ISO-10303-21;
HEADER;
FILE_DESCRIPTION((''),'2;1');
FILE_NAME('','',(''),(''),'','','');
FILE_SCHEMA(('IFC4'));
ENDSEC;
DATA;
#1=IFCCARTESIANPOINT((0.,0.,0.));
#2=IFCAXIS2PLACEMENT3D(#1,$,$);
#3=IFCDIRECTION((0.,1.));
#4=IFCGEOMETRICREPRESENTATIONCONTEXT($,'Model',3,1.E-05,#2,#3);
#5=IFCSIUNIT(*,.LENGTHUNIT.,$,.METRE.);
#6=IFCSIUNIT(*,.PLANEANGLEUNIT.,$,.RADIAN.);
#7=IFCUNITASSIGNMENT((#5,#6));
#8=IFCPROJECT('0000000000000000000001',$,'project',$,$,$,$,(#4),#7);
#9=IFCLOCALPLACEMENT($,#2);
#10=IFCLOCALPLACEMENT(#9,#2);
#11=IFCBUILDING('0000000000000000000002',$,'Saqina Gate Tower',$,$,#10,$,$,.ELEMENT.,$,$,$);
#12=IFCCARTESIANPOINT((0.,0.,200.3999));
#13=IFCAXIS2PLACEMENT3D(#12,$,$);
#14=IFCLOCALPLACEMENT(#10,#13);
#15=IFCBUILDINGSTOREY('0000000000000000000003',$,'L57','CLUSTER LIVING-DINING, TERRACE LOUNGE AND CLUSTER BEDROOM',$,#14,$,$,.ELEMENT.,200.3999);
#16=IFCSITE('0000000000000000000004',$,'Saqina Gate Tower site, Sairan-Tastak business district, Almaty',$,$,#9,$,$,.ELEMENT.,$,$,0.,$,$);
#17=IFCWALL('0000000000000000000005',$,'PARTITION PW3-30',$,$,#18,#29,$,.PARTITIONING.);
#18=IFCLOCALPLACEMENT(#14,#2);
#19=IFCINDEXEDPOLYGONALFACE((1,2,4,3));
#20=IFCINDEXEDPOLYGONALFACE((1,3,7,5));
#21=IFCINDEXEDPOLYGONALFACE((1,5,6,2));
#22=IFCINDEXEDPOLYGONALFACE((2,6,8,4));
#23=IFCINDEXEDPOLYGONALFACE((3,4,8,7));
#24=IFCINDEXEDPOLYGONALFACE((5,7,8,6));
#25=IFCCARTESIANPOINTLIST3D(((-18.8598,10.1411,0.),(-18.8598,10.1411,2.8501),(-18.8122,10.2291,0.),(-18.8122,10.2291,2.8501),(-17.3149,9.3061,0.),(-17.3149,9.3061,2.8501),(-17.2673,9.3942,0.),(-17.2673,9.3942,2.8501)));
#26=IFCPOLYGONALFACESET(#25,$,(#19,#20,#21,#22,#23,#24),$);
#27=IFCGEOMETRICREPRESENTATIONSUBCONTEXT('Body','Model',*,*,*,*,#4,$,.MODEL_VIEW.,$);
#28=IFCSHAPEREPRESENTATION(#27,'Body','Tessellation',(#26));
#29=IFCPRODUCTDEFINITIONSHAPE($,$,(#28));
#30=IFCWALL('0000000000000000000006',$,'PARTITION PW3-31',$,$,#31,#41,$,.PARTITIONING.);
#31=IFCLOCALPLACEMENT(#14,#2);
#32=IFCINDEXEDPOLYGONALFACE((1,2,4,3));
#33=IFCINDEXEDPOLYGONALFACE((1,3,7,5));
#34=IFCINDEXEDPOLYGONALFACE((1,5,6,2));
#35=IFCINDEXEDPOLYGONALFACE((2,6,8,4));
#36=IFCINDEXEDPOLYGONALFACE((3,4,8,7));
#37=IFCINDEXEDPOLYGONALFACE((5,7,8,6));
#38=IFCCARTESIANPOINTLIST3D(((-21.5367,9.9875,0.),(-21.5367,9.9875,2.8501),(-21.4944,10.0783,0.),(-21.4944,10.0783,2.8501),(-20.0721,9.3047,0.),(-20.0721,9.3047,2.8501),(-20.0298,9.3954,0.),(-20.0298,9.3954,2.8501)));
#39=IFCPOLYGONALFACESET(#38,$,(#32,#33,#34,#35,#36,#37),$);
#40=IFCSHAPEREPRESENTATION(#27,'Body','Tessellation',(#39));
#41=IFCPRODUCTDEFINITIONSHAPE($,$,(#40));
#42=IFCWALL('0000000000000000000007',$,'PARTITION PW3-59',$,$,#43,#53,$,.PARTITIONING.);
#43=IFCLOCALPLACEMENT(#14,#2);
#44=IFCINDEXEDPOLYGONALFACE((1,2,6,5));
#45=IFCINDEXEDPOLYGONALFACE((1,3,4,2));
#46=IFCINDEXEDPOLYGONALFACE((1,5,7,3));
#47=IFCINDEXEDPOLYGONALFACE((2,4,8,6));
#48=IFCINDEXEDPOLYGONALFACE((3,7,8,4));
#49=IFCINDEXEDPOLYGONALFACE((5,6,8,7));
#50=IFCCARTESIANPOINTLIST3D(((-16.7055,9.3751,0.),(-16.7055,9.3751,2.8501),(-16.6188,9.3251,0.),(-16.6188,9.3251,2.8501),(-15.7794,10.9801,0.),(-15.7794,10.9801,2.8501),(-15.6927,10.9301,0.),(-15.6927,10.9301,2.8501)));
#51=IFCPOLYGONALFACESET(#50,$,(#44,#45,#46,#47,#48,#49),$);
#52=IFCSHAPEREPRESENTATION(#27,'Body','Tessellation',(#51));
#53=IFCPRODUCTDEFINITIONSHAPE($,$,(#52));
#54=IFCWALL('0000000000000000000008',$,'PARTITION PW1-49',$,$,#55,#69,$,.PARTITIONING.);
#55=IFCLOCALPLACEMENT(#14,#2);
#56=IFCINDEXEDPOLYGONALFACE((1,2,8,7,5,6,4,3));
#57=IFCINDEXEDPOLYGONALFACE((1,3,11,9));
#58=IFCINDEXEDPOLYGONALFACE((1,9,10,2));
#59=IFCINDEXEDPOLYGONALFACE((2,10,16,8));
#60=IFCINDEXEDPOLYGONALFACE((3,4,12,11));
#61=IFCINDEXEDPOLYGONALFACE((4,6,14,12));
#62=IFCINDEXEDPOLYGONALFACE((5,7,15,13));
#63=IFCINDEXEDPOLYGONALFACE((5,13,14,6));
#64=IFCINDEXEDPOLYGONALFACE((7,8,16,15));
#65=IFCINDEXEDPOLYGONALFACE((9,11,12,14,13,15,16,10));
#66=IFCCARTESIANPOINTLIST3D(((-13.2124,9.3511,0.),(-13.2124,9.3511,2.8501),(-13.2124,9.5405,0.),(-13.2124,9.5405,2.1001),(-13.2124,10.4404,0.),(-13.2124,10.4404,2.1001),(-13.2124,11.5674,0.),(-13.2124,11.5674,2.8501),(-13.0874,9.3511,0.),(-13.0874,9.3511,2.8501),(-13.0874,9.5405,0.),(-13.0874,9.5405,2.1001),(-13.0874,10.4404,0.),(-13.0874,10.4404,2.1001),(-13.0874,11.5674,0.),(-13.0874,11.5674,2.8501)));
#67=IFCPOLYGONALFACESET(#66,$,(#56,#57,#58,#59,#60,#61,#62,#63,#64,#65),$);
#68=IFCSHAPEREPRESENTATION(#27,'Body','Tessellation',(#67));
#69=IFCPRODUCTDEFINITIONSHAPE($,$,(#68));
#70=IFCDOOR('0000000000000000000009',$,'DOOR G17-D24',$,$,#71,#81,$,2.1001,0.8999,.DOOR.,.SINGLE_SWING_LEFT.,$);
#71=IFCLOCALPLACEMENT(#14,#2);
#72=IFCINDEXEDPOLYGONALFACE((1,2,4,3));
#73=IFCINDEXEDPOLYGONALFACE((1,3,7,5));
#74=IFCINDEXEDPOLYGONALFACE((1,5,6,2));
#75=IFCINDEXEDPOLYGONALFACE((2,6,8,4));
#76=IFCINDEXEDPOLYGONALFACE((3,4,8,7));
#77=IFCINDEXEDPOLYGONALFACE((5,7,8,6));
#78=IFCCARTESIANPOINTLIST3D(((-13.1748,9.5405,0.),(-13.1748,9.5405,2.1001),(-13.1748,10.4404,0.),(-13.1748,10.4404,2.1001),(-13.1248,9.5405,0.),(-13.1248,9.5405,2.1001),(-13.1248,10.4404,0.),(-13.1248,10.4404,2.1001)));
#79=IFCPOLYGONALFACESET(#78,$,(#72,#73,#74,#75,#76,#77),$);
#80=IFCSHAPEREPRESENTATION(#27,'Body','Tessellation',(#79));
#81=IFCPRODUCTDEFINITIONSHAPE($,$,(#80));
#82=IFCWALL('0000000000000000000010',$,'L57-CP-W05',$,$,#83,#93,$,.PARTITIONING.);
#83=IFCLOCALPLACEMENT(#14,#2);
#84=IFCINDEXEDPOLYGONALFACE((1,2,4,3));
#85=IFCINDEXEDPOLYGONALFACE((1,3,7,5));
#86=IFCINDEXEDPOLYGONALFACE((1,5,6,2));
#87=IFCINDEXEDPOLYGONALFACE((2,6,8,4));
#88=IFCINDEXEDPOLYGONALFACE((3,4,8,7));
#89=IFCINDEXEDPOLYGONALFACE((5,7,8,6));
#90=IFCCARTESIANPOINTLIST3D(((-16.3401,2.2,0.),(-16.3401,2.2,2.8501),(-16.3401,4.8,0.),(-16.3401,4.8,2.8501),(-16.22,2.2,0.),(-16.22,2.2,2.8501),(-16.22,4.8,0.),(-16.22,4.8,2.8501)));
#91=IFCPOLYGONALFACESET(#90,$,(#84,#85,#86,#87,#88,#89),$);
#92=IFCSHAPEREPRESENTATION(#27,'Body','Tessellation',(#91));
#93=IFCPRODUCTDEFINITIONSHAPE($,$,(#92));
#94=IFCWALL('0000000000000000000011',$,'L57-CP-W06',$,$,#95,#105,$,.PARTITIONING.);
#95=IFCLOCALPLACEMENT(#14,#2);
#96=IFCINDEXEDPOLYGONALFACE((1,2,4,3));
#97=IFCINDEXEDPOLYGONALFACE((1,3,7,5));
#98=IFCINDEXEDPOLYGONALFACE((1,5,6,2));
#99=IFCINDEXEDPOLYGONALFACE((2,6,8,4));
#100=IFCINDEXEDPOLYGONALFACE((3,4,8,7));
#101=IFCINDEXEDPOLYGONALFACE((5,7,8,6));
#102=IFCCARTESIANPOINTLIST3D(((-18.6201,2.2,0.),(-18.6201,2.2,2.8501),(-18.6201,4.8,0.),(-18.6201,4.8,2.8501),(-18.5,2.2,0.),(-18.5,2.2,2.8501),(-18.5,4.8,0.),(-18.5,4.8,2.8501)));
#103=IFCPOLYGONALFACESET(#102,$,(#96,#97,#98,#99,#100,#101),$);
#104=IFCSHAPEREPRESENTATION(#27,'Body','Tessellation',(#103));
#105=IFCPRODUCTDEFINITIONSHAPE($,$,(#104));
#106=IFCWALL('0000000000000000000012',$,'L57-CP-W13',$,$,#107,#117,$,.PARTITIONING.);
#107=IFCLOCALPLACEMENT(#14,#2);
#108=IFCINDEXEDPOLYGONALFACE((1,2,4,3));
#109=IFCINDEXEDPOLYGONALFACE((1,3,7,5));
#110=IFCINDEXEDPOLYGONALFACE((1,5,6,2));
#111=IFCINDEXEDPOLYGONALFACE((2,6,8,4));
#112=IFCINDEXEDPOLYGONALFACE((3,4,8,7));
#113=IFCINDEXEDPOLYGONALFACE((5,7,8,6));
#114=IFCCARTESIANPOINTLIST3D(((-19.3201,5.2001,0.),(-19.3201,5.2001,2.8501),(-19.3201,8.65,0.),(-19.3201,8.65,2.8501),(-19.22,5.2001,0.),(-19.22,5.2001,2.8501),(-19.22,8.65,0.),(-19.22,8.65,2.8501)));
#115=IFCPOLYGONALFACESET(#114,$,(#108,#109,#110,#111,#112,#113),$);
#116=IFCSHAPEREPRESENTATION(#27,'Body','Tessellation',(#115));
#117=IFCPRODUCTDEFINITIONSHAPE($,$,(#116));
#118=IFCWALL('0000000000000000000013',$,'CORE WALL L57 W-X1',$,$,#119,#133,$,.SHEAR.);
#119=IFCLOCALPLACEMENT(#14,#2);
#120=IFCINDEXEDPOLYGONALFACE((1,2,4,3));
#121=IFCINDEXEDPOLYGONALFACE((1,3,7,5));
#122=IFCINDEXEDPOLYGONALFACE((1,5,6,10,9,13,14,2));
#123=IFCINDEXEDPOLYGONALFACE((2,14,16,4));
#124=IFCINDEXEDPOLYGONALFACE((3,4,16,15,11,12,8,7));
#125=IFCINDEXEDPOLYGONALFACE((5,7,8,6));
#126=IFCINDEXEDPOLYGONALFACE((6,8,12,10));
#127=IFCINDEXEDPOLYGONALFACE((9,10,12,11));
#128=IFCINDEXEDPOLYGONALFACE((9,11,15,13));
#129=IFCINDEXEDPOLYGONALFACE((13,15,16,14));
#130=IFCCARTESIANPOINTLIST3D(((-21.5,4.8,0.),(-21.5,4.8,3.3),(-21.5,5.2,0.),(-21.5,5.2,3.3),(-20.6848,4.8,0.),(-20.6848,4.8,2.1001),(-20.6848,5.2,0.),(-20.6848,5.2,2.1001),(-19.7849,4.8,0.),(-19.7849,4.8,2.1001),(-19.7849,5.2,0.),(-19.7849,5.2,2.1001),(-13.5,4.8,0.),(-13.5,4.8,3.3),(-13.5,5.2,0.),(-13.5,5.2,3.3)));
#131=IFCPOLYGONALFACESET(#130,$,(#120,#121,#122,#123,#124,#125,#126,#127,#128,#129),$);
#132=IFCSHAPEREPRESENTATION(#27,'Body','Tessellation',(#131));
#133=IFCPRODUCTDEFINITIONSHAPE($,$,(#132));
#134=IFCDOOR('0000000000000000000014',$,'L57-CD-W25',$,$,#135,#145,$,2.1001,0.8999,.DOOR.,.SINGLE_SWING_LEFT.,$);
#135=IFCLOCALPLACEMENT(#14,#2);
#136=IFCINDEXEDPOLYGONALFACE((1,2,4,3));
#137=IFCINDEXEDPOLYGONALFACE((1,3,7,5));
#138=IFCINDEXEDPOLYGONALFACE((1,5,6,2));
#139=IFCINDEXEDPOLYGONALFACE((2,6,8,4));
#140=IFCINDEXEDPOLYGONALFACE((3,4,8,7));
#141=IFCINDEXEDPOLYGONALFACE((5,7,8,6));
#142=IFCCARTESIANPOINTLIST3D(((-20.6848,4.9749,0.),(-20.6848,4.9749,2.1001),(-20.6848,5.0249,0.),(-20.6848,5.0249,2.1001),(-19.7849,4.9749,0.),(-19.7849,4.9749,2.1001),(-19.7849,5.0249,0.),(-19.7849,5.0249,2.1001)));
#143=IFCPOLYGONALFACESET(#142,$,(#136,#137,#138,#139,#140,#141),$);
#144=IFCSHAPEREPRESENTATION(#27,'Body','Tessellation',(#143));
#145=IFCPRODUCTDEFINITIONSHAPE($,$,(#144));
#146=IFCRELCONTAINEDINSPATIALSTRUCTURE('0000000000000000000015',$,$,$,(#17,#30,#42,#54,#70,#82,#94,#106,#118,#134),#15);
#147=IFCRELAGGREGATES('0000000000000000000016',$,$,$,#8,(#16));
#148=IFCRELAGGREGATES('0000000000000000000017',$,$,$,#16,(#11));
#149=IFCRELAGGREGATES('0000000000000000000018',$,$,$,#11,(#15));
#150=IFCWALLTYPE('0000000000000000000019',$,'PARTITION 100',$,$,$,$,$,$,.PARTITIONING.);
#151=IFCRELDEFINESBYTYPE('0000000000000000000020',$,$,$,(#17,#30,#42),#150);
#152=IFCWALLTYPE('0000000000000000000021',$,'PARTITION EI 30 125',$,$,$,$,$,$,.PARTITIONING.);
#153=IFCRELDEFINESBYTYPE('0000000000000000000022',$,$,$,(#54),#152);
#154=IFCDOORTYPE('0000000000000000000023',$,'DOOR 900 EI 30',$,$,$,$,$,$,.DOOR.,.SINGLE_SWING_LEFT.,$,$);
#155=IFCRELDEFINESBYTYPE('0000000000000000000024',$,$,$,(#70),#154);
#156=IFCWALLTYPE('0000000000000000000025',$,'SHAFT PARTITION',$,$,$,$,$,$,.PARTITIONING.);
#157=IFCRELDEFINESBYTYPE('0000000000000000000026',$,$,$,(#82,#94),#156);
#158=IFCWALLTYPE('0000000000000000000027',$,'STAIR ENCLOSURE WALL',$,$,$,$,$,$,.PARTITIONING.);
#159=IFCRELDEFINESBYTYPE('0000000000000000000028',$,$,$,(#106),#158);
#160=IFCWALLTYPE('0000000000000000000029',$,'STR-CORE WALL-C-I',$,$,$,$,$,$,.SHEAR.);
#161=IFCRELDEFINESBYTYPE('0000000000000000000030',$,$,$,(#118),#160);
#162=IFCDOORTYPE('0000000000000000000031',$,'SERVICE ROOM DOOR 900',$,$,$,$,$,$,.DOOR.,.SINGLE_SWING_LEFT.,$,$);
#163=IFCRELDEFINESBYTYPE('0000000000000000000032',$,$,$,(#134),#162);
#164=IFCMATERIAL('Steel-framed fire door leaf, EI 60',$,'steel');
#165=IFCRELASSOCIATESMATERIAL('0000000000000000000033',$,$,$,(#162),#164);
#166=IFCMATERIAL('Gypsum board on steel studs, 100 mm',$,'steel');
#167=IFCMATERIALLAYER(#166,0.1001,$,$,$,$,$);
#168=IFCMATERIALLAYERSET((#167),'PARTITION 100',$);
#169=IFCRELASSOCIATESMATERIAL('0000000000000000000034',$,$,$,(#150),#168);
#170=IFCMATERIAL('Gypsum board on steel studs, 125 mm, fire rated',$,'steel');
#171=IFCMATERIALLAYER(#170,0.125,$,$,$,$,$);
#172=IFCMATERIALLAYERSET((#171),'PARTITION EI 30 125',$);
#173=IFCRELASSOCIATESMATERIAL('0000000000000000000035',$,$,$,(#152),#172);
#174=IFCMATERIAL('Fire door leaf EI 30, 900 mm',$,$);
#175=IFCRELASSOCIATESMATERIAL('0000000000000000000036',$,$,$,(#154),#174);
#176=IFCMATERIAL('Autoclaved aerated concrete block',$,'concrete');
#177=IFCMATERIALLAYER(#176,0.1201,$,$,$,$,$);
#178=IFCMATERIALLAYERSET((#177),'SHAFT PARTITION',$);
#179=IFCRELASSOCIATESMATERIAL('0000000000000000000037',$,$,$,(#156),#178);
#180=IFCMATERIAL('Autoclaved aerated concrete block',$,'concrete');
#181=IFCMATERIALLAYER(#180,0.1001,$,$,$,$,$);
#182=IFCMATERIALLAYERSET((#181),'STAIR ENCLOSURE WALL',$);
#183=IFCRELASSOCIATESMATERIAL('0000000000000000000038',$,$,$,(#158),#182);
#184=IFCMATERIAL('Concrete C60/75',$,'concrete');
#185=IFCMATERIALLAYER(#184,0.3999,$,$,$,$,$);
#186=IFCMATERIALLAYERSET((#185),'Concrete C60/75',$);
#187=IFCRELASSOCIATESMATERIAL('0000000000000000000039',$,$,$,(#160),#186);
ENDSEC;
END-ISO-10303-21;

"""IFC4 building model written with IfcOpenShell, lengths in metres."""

from ifc_helpers import new_model, si_unit, direction, frame, frame_2d, origin, place, context, subcontext, project, spatial, rectangle, extrude, material, layer, layer_set, type_object, element, fill, save


model = new_model("IFC4")

# Units and contexts
model_context = context("Model", 3, precision=1e-05, world=origin(), true_north=direction((0.0, 1.0)))
body_context = subcontext(model_context, "Body", "Model", "MODEL_VIEW")
ifc_project = project(units=[si_unit("LENGTHUNIT", "METRE"), si_unit("PLANEANGLEUNIT", "RADIAN")], contexts=[model_context])

# Site, building, storey
site_placement = place(None, origin())
site = spatial("IfcSite", under=ifc_project, at=site_placement, Name="Saqina Gate Tower site, Sairan-Tastak business district, Almaty", CompositionType="ELEMENT", RefElevation=0.0)
building_placement = place(site_placement, origin())
building = spatial("IfcBuilding", under=site, at=building_placement, Name="Saqina Gate Tower", CompositionType="ELEMENT")
storey_placement = place(building_placement, frame((0.0, 0.0, 200.3999)))
storey = spatial("IfcBuildingStorey", under=building, at=storey_placement, Name="L57", Description="CLUSTER LIVING-DINING, TERRACE LOUNGE AND CLUSTER BEDROOM", CompositionType="ELEMENT", Elevation=200.3999)

# Shared definitions
ifc_material_1 = material(Name="Steel-framed fire door leaf, EI 60", Category="steel")
door_type_1 = type_object("IfcDoorType", Name="SERVICE ROOM DOOR 900", OperationType="SINGLE_SWING_LEFT", PredefinedType="DOOR", material=ifc_material_1)

# Walls
ifc_material_2 = material(Name="Gypsum board on steel studs, 100 mm", Category="steel")
ifc_layer_1 = layer(ifc_material_2, 0.1001)
ifc_layer_set_1 = layer_set([ifc_layer_1], Name="PARTITION 100")
wall_type_1 = type_object("IfcWallType", Name="PARTITION 100", PredefinedType="PARTITIONING", material=ifc_layer_set_1)
wall_1_placement = place(storey_placement, frame((-18.8359, 10.1851, 0.0), z_axis=(0.0, 0.0, 1.0), x_axis=(0.879738, -0.475459, 0.0)))
element("IfcWall", 1, at=wall_1_placement, inside=storey, type_object=wall_type_1, Name="PARTITION PW3-30", PredefinedType="PARTITIONING", context=body_context, shape_type="SweptSolid", body=[
    extrude(rectangle(XDim=1.7561, YDim=0.1001, at=frame_2d((0.8779, 0.0))), origin(), (0.0, 0.0, 1.0), 2.8501),
])
wall_2_placement = place(storey_placement, frame((-21.5156, 10.033, 0.0), z_axis=(0.0, 0.0, 1.0), x_axis=(0.90633, -0.422571, 0.0)))
element("IfcWall", 2, at=wall_2_placement, inside=storey, type_object=wall_type_1, Name="PARTITION PW3-31", PredefinedType="PARTITIONING", context=body_context, shape_type="SweptSolid", body=[
    extrude(rectangle(XDim=1.616, YDim=0.1001, at=frame_2d((0.8081, 0.0))), origin(), (0.0, 0.0, 1.0), 2.8501),
])
wall_3_placement = place(storey_placement, frame((-16.6621, 9.3501, 0.0), z_axis=(0.0, 0.0, 1.0), x_axis=(0.499753, 0.866168, 0.0)))
element("IfcWall", 3, at=wall_3_placement, inside=storey, type_object=wall_type_1, Name="PARTITION PW3-59", PredefinedType="PARTITIONING", context=body_context, shape_type="SweptSolid", body=[
    extrude(rectangle(XDim=1.853, YDim=0.1001, at=frame_2d((0.9265, 0.0))), origin(), (0.0, 0.0, 1.0), 2.8501),
])

# Wall, opening, door
ifc_material_3 = material(Name="Gypsum board on steel studs, 125 mm, fire rated", Category="steel")
ifc_layer_2 = layer(ifc_material_3, 0.125)
ifc_layer_set_2 = layer_set([ifc_layer_2], Name="PARTITION EI 30 125")
wall_type_2 = type_object("IfcWallType", Name="PARTITION EI 30 125", PredefinedType="PARTITIONING", material=ifc_layer_set_2)
wall_4_placement = place(storey_placement, frame((-13.1499, 9.3511, 0.0), z_axis=(0.0, 0.0, 1.0), x_axis=(0.0, 1.0, 0.0)))
wall_4 = element("IfcWall", 4, at=wall_4_placement, inside=storey, type_object=wall_type_2, Name="PARTITION PW1-49", PredefinedType="PARTITIONING", context=body_context, shape_type="SweptSolid", body=[
    extrude(rectangle(XDim=2.2163, YDim=0.125, at=frame_2d((1.1082, 0.0))), origin(), (0.0, 0.0, 1.0), 2.8501),
])
opening_1_placement = place(wall_4_placement, frame((0.1895, 0.0, 0.0)))
opening_1 = element("IfcOpeningElement", 5, at=opening_1_placement, cuts=wall_4, PredefinedType="OPENING", context=body_context, shape_type="SweptSolid", body=[
    extrude(rectangle(XDim=0.8999, YDim=2.1001, at=frame_2d((0.45, 1.05))), frame((0.0, 0.0745, 0.0), z_axis=(0.0, -1.0, 0.0), x_axis=(1.0, 0.0, 0.0)), (0.0, 0.0, 1.0), 0.1489),
])
ifc_material_4 = material(Name="Fire door leaf EI 30, 900 mm")
door_type_2 = type_object("IfcDoorType", Name="DOOR 900 EI 30", OperationType="SINGLE_SWING_LEFT", PredefinedType="DOOR", material=ifc_material_4)
door_1_placement = place(opening_1_placement, origin())
door_1 = element("IfcDoor", 6, at=door_1_placement, inside=storey, type_object=door_type_2, Name="DOOR G17-D24", OperationType="SINGLE_SWING_LEFT", OverallHeight=2.1001, OverallWidth=0.8999, PredefinedType="DOOR", context=body_context, shape_type="SweptSolid", body=[
    extrude(rectangle(XDim=0.8999, YDim=2.1001, at=frame_2d((0.45, 1.05))), frame((0.0, 0.0249, 0.0), z_axis=(0.0, -1.0, 0.0), x_axis=(1.0, 0.0, 0.0)), (0.0, 0.0, 1.0), 0.05),
])
fill(opening_1, door_1)

# Walls
ifc_material_5 = material(Name="Autoclaved aerated concrete block", Category="concrete")
ifc_layer_3 = layer(ifc_material_5, 0.1201)
ifc_layer_set_3 = layer_set([ifc_layer_3], Name="SHAFT PARTITION")
wall_type_3 = type_object("IfcWallType", Name="SHAFT PARTITION", PredefinedType="PARTITIONING", material=ifc_layer_set_3)
for number, where, z_axis, x_axis, name in (
    (7, (-16.28, 2.2, 0.0), (0.0, 0.0, 1.0), (0.0, 1.0, 0.0), "L57-CP-W05"),
    (8, (-18.5601, 2.2, 0.0), (0.0, 0.0, 1.0), (0.0, 1.0, 0.0), "L57-CP-W06"),
):
    element("IfcWall", number, at=place(storey_placement, frame(where, z_axis=z_axis, x_axis=x_axis)), inside=storey, type_object=wall_type_3, Name=name, PredefinedType="PARTITIONING", context=body_context, shape_type="SweptSolid", body=[
        extrude(rectangle(XDim=2.6001, YDim=0.1201, at=frame_2d((1.3, 0.0))), origin(), (0.0, 0.0, 1.0), 2.8501),
    ])
ifc_material_6 = material(Name="Autoclaved aerated concrete block", Category="concrete")
ifc_layer_4 = layer(ifc_material_6, 0.1001)
ifc_layer_set_4 = layer_set([ifc_layer_4], Name="STAIR ENCLOSURE WALL")
wall_type_4 = type_object("IfcWallType", Name="STAIR ENCLOSURE WALL", PredefinedType="PARTITIONING", material=ifc_layer_set_4)
wall_5_placement = place(storey_placement, frame((-19.27, 5.2, 0.0), z_axis=(0.0, 0.0, 1.0), x_axis=(0.0, 1.0, 0.0)))
element("IfcWall", 9, at=wall_5_placement, inside=storey, type_object=wall_type_4, Name="L57-CP-W13", PredefinedType="PARTITIONING", context=body_context, shape_type="SweptSolid", body=[
    extrude(rectangle(XDim=3.45, YDim=0.1001, at=frame_2d((1.7251, 0.0))), origin(), (0.0, 0.0, 1.0), 2.8501),
])

# Wall, opening, door
ifc_material_7 = material(Name="Concrete C60/75", Category="concrete")
ifc_layer_5 = layer(ifc_material_7, 0.3999)
ifc_layer_set_5 = layer_set([ifc_layer_5], Name="Concrete C60/75")
wall_type_5 = type_object("IfcWallType", Name="STR-CORE WALL-C-I", PredefinedType="SHEAR", material=ifc_layer_set_5)
wall_6_placement = place(storey_placement, frame((-13.5, 5.0, 0.0), z_axis=(0.0, 0.0, 1.0), x_axis=(-1.0, 0.0, 0.0)))
wall_6 = element("IfcWall", 10, at=wall_6_placement, inside=storey, type_object=wall_type_5, Name="CORE WALL L57 W-X1", PredefinedType="SHEAR", context=body_context, shape_type="SweptSolid", body=[
    extrude(rectangle(XDim=8.0, YDim=0.3999, at=frame_2d((4.0, 0.0))), origin(), (0.0, 0.0, 1.0), 3.3),
])
opening_2_placement = place(wall_6_placement, frame((6.2849, 0.0, 0.0)))
opening_2 = element("IfcOpeningElement", 11, at=opening_2_placement, cuts=wall_6, PredefinedType="OPENING", context=body_context, shape_type="SweptSolid", body=[
    extrude(rectangle(XDim=0.8999, YDim=2.1001, at=frame_2d((0.45, 1.05))), frame((0.0, 0.2119, 0.0), z_axis=(0.0, -1.0, 0.0), x_axis=(1.0, 0.0, 0.0)), (0.0, 0.0, 1.0), 0.4238),
])
door_2_placement = place(opening_2_placement, frame((0.8999, 0.0, 0.0), z_axis=(0.0, 0.0, 1.0), x_axis=(-1.0, 0.0, 0.0)))
door_2 = element("IfcDoor", 12, at=door_2_placement, inside=storey, type_object=door_type_1, Name="L57-CD-W25", OperationType="SINGLE_SWING_LEFT", OverallHeight=2.1001, OverallWidth=0.8999, PredefinedType="DOOR", context=body_context, shape_type="SweptSolid", body=[
    extrude(rectangle(XDim=0.8999, YDim=2.1001, at=frame_2d((0.45, 1.05))), frame((0.0, 0.0249, 0.0), z_axis=(0.0, -1.0, 0.0), x_axis=(1.0, 0.0, 0.0)), (0.0, 0.0, 1.0), 0.05),
])
fill(opening_2, door_2)

save(model, "model.ifc")
